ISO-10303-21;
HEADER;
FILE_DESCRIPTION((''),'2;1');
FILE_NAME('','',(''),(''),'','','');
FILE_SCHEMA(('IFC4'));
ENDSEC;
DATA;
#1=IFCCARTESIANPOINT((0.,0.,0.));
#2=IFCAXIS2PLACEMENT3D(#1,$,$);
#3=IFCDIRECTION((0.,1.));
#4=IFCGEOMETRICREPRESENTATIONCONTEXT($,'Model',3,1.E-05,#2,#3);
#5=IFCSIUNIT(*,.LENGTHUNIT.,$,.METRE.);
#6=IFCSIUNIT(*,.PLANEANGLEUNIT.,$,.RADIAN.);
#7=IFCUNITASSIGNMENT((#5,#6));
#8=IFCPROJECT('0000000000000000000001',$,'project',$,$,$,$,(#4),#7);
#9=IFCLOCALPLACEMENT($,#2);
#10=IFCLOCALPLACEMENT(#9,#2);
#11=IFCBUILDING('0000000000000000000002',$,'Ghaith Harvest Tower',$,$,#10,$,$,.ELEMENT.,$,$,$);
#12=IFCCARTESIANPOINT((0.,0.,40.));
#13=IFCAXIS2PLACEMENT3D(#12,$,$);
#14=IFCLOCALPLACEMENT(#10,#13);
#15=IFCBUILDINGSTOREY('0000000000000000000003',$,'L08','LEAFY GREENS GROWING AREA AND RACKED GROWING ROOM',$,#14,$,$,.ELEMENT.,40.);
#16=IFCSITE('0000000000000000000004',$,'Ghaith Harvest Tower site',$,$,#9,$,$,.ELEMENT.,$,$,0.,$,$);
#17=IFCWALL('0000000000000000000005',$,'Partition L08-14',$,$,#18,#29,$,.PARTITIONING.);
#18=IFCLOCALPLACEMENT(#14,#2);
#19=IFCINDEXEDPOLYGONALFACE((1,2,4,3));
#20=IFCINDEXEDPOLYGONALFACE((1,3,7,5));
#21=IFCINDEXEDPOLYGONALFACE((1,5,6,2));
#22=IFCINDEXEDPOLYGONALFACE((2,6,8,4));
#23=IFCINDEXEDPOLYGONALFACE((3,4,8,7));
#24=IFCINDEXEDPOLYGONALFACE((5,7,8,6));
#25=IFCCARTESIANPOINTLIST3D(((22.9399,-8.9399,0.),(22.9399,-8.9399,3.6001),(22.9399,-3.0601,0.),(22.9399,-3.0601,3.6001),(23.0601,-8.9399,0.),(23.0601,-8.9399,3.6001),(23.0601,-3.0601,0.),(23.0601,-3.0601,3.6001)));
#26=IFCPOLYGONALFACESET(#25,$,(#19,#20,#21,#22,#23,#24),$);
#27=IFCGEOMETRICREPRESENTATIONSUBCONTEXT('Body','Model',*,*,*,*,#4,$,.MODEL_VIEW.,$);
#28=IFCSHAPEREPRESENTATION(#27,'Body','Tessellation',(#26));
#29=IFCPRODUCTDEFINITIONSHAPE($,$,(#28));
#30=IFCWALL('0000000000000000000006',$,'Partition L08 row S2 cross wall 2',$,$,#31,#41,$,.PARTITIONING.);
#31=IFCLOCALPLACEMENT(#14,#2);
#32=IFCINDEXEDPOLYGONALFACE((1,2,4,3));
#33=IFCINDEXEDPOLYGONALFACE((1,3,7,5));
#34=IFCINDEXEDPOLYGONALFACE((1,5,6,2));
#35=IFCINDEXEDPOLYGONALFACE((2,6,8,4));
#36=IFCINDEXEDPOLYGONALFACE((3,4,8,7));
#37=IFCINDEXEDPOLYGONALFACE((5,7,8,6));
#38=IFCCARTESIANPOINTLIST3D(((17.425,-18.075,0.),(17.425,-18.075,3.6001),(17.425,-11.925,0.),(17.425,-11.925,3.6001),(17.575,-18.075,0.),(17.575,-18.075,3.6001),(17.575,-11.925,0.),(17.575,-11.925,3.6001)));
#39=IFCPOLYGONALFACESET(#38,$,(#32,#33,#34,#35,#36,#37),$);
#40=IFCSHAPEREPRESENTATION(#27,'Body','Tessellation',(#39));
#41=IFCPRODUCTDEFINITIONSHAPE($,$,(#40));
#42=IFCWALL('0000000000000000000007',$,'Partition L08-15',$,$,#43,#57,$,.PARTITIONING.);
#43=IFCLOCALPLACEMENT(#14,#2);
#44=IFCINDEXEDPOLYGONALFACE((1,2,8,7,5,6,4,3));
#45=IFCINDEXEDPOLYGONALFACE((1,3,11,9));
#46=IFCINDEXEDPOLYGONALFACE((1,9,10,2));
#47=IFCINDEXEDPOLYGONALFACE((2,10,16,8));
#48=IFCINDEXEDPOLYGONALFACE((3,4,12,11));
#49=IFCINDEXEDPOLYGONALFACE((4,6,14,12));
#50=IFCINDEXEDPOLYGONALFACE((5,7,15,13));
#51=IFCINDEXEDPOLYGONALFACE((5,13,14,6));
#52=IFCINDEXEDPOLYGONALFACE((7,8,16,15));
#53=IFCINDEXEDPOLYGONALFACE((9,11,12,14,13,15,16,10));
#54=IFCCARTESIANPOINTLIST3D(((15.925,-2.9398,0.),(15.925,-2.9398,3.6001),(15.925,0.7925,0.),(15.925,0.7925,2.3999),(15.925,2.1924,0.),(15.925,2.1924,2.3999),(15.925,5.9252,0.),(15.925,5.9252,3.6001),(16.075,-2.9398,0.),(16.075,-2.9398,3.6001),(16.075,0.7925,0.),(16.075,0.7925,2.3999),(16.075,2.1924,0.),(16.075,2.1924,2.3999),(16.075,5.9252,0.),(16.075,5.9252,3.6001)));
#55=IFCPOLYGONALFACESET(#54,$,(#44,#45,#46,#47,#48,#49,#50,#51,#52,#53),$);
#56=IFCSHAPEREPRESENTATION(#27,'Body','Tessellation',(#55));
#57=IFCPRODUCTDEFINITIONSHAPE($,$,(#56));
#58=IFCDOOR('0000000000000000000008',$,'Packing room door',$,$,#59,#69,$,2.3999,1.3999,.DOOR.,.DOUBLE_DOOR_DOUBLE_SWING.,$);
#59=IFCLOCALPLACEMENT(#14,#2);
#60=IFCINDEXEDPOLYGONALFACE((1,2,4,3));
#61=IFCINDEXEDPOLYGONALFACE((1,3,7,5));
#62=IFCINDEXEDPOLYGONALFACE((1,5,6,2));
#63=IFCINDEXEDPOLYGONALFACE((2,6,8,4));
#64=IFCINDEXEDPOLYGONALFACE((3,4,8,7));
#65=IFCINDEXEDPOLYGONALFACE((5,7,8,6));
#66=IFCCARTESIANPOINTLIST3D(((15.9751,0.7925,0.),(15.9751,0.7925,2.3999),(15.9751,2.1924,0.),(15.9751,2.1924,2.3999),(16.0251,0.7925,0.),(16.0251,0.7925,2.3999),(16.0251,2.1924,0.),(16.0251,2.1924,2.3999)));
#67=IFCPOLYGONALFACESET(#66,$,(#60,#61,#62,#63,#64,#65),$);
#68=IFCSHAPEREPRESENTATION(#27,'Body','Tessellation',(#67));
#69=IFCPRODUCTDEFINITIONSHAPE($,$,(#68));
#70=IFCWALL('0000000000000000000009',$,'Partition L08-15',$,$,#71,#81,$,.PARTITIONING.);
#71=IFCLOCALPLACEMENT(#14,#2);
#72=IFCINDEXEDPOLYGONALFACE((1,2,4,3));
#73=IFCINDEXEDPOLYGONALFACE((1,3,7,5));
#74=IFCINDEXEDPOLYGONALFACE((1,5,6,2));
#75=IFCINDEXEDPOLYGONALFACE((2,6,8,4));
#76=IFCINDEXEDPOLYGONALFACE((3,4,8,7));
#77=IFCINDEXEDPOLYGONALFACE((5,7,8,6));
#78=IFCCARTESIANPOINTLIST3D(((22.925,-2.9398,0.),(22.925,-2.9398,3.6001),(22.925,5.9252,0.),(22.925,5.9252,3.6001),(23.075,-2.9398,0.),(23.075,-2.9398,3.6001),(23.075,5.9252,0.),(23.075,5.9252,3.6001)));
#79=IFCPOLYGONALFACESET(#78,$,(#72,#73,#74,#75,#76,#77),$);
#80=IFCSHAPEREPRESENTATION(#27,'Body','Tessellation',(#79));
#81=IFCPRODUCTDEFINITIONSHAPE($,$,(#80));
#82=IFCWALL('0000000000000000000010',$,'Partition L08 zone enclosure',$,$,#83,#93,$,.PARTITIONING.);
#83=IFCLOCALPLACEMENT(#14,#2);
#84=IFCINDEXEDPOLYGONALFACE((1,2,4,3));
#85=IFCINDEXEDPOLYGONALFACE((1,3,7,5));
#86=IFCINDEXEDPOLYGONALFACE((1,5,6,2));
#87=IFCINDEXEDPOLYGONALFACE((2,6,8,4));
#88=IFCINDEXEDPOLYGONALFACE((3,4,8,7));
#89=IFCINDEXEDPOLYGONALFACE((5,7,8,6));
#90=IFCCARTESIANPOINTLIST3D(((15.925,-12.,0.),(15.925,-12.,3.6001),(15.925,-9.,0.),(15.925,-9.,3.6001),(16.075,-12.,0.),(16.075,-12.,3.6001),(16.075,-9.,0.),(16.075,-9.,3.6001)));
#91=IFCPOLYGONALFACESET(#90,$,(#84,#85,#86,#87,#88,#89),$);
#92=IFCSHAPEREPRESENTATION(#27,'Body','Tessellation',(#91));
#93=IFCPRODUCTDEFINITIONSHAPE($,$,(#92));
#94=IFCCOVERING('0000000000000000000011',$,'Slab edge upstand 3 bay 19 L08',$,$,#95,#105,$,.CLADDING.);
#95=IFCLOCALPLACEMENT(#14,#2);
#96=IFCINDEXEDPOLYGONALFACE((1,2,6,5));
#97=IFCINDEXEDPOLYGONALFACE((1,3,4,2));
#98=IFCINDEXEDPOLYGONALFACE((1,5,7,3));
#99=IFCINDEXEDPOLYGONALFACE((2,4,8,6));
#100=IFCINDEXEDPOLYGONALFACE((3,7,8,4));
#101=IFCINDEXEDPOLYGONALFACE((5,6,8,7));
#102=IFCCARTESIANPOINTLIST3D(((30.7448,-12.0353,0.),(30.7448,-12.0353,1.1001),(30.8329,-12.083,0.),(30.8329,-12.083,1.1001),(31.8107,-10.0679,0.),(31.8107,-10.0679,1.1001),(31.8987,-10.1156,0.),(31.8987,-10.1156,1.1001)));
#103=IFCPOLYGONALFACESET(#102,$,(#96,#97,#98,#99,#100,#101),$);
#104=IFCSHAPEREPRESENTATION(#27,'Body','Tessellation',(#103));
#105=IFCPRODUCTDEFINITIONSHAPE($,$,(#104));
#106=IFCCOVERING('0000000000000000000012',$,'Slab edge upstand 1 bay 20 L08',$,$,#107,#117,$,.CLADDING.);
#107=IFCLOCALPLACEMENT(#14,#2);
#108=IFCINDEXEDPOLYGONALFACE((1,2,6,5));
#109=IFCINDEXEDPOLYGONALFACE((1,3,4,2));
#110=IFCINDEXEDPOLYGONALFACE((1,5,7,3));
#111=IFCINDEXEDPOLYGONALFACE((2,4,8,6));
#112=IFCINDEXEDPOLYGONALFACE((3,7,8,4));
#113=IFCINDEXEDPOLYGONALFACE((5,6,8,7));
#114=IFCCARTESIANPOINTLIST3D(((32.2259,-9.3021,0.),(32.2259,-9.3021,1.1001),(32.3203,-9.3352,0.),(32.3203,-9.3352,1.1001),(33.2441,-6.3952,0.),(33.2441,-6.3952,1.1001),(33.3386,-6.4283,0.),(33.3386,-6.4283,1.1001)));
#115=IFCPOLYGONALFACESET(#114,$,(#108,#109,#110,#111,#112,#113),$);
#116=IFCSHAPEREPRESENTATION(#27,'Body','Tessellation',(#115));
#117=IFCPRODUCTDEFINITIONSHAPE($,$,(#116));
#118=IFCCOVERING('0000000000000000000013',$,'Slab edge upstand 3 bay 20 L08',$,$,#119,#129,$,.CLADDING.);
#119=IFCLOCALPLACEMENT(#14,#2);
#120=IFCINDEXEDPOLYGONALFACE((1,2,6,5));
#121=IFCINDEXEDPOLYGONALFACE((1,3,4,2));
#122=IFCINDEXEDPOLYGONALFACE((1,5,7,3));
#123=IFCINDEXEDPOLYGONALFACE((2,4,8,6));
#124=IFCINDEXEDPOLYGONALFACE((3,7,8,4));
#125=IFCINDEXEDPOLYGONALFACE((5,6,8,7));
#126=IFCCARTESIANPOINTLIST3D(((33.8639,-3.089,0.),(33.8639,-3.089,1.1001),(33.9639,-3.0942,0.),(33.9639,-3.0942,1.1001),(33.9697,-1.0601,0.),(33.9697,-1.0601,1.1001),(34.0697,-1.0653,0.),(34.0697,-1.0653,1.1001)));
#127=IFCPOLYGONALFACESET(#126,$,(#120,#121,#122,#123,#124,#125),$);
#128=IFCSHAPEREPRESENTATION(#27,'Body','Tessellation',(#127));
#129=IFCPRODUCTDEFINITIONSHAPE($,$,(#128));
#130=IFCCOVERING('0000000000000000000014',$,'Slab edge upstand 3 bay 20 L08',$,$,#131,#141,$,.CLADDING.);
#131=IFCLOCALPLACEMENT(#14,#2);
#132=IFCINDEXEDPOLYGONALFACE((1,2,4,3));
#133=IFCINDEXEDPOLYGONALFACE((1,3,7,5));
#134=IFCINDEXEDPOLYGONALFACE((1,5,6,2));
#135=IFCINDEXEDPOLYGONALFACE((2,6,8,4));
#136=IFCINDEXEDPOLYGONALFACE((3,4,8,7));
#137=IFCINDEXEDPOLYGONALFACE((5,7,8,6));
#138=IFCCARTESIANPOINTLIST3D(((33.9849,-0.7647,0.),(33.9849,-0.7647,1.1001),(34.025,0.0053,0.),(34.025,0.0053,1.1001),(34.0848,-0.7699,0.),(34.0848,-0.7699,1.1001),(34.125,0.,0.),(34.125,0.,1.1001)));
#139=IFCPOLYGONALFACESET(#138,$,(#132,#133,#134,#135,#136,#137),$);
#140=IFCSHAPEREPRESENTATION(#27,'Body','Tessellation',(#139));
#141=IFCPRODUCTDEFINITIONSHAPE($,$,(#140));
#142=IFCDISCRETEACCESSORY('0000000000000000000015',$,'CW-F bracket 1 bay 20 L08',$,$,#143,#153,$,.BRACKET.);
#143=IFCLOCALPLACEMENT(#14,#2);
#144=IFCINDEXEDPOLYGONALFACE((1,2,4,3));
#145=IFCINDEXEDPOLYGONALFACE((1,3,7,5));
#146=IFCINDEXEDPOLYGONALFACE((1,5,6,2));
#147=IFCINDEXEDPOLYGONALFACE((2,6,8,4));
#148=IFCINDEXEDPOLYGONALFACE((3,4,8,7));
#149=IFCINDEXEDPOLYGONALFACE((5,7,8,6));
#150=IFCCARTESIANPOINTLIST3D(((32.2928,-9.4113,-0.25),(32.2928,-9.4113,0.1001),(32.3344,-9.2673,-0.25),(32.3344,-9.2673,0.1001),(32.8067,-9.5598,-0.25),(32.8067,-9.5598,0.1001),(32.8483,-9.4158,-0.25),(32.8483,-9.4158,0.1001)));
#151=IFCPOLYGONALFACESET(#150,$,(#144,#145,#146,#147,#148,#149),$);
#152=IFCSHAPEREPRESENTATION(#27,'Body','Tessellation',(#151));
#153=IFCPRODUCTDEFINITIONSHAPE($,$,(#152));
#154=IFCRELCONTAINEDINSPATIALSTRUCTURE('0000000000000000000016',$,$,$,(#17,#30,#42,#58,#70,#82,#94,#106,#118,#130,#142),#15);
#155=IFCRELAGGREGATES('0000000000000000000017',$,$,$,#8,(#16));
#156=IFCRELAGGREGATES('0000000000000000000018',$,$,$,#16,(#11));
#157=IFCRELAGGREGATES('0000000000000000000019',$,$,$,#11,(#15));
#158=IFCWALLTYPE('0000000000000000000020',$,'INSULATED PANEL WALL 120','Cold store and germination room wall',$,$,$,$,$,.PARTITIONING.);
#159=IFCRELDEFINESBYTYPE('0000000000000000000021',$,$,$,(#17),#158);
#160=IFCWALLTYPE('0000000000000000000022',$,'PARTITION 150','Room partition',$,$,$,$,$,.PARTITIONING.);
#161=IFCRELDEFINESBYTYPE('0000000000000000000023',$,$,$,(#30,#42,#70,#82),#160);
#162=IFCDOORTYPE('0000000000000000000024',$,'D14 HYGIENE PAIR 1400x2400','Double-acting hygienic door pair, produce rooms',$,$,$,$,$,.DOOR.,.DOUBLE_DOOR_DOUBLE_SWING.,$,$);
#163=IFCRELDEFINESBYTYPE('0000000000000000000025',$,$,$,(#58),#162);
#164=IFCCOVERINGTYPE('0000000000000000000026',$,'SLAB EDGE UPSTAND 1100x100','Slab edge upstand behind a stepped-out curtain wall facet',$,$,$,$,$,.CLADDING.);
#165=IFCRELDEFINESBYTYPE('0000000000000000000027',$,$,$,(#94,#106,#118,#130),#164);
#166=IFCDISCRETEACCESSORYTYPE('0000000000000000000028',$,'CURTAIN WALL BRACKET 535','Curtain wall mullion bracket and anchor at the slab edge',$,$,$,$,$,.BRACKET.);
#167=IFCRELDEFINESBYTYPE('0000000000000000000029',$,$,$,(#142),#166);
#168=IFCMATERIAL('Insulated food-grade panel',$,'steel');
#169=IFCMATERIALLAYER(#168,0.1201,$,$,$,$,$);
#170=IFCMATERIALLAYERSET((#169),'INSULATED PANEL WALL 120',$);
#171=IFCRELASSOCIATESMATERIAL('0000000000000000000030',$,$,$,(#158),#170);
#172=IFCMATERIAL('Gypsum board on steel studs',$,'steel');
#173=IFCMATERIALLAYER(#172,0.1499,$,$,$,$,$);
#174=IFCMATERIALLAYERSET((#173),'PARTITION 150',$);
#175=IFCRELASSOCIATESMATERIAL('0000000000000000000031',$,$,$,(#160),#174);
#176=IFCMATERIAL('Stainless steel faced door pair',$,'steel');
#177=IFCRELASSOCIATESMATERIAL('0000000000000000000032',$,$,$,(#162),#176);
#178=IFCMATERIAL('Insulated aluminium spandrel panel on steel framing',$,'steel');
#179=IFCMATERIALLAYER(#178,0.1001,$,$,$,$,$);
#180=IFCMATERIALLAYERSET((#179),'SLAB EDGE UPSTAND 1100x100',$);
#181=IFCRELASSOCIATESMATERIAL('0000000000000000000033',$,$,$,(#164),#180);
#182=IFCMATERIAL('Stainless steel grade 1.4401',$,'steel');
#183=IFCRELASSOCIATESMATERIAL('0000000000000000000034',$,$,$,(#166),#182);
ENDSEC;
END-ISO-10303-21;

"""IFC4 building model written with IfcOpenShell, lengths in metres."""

from ifc_helpers import new_model, si_unit, direction, frame, frame_2d, origin, origin_2d, place, context, subcontext, project, spatial, rectangle, extrude, material, layer, layer_set, type_object, element, fill, save


model = new_model("IFC4")

# Units and contexts
model_context = context("Model", 3, precision=1e-05, world=origin(), true_north=direction((0.0, 1.0)))
body_context = subcontext(model_context, "Body", "Model", "MODEL_VIEW")
ifc_project = project(units=[si_unit("LENGTHUNIT", "METRE"), si_unit("PLANEANGLEUNIT", "RADIAN")], contexts=[model_context])

# Site, building, storey
site_placement = place(None, origin())
site = spatial("IfcSite", under=ifc_project, at=site_placement, Name="Ghaith Harvest Tower site", CompositionType="ELEMENT", RefElevation=0.0)
building_placement = place(site_placement, origin())
building = spatial("IfcBuilding", under=site, at=building_placement, Name="Ghaith Harvest Tower", CompositionType="ELEMENT")
storey_placement = place(building_placement, frame((0.0, 0.0, 40.0)))
storey = spatial("IfcBuildingStorey", under=building, at=storey_placement, Name="L08", Description="LEAFY GREENS GROWING AREA AND RACKED GROWING ROOM", CompositionType="ELEMENT", Elevation=40.0)

# Shared definitions
ifc_material_1 = material(Name="Insulated food-grade panel", Category="steel")
ifc_layer_1 = layer(ifc_material_1, 0.1201)
ifc_layer_set_1 = layer_set([ifc_layer_1], Name="INSULATED PANEL WALL 120")
wall_type_1 = type_object("IfcWallType", Name="INSULATED PANEL WALL 120", Description="Cold store and germination room wall", PredefinedType="PARTITIONING", material=ifc_layer_set_1)

# Walls
wall_1_placement = place(storey_placement, frame((23.0, -8.9399, 0.0), z_axis=(0.0, 0.0, 1.0), x_axis=(0.0, 1.0, 0.0)))
element("IfcWall", 1, at=wall_1_placement, inside=storey, type_object=wall_type_1, Name="Partition L08-14", PredefinedType="PARTITIONING", context=body_context, shape_type="SweptSolid", body=[
    extrude(rectangle(XDim=5.8799, YDim=0.1201, at=frame_2d((2.9399, 0.0))), origin(), (0.0, 0.0, 1.0), 3.6001),
])
ifc_material_2 = material(Name="Gypsum board on steel studs", Category="steel")
ifc_layer_2 = layer(ifc_material_2, 0.1499)
ifc_layer_set_2 = layer_set([ifc_layer_2], Name="PARTITION 150")
wall_type_2 = type_object("IfcWallType", Name="PARTITION 150", Description="Room partition", PredefinedType="PARTITIONING", material=ifc_layer_set_2)
wall_2_placement = place(storey_placement, frame((17.5, -11.925, 0.0), z_axis=(0.0, 0.0, 1.0), x_axis=(0.0, -1.0, 0.0)))
element("IfcWall", 2, at=wall_2_placement, inside=storey, type_object=wall_type_2, Name="Partition L08 row S2 cross wall 2", PredefinedType="PARTITIONING", context=body_context, shape_type="SweptSolid", body=[
    extrude(rectangle(XDim=6.1499, YDim=0.1499, at=frame_2d((3.075, 0.0))), origin(), (0.0, 0.0, 1.0), 3.6001),
])

# Wall, opening, door
wall_3_placement = place(storey_placement, frame((16.0, -2.9399, 0.0), z_axis=(0.0, 0.0, 1.0), x_axis=(0.0, 1.0, 0.0)))
wall_3 = element("IfcWall", 3, at=wall_3_placement, inside=storey, type_object=wall_type_2, Name="Partition L08-15", PredefinedType="PARTITIONING", context=body_context, shape_type="SweptSolid", body=[
    extrude(rectangle(XDim=8.865, YDim=0.1499, at=frame_2d((4.4326, 0.0))), origin(), (0.0, 0.0, 1.0), 3.6001),
])
opening_1_placement = place(wall_3_placement, frame((3.7324, 0.0, 0.0)))
opening_1 = element("IfcOpeningElement", 4, at=opening_1_placement, cuts=wall_3, PredefinedType="OPENING", context=body_context, shape_type="SweptSolid", body=[
    extrude(rectangle(XDim=1.3999, YDim=2.3999, at=frame_2d((0.7, 1.2))), frame((0.0, 0.085, 0.0), z_axis=(0.0, -1.0, 0.0), x_axis=(1.0, 0.0, 0.0)), (0.0, 0.0, 1.0), 0.1699),
])
ifc_material_3 = material(Name="Stainless steel faced door pair", Category="steel")
door_type_1 = type_object("IfcDoorType", Name="D14 HYGIENE PAIR 1400x2400", Description="Double-acting hygienic door pair, produce rooms", OperationType="DOUBLE_DOOR_DOUBLE_SWING", PredefinedType="DOOR", material=ifc_material_3)
door_1_placement = place(opening_1_placement, origin())
door_1 = element("IfcDoor", 5, at=door_1_placement, inside=storey, type_object=door_type_1, Name="Packing room door", OperationType="DOUBLE_DOOR_DOUBLE_SWING", OverallHeight=2.3999, OverallWidth=1.3999, PredefinedType="DOOR", context=body_context, shape_type="SweptSolid", body=[
    extrude(rectangle(XDim=1.3999, YDim=2.3999, at=frame_2d((0.7, 1.2))), frame((0.0, 0.0249, 0.0), z_axis=(0.0, -1.0, 0.0), x_axis=(1.0, 0.0, 0.0)), (0.0, 0.0, 1.0), 0.05),
])
fill(opening_1, door_1)

# Walls
wall_4_placement = place(storey_placement, frame((23.0, -2.9399, 0.0), z_axis=(0.0, 0.0, 1.0), x_axis=(0.0, 1.0, 0.0)))
element("IfcWall", 6, at=wall_4_placement, inside=storey, type_object=wall_type_2, Name="Partition L08-15", PredefinedType="PARTITIONING", context=body_context, shape_type="SweptSolid", body=[
    extrude(rectangle(XDim=8.865, YDim=0.1499, at=frame_2d((4.4326, 0.0))), origin(), (0.0, 0.0, 1.0), 3.6001),
])
wall_5_placement = place(storey_placement, frame((16.0, -12.0, 0.0), z_axis=(0.0, 0.0, 1.0), x_axis=(0.0, 1.0, 0.0)))
element("IfcWall", 7, at=wall_5_placement, inside=storey, type_object=wall_type_2, Name="Partition L08 zone enclosure", PredefinedType="PARTITIONING", context=body_context, shape_type="SweptSolid", body=[
    extrude(rectangle(XDim=3.0, YDim=0.1499, at=frame_2d((1.5, 0.0))), origin(), (0.0, 0.0, 1.0), 3.6001),
])

# Coverings
ifc_material_4 = material(Name="Insulated aluminium spandrel panel on steel framing", Category="steel")
ifc_layer_3 = layer(ifc_material_4, 0.1001)
ifc_layer_set_3 = layer_set([ifc_layer_3], Name="SLAB EDGE UPSTAND 1100x100")
covering_type = type_object("IfcCoveringType", Name="SLAB EDGE UPSTAND 1100x100", Description="Slab edge upstand behind a stepped-out curtain wall facet", PredefinedType="CLADDING", material=ifc_layer_set_3)
covering_1_placement = place(storey_placement, frame((31.3218, -11.0754, 0.0), z_axis=(0.0, 0.0, 1.0), x_axis=(0.476349, 0.879256, 0.0)))
element("IfcCovering", 8, at=covering_1_placement, inside=storey, type_object=covering_type, Name="Slab edge upstand 3 bay 19 L08", PredefinedType="CLADDING", context=body_context, shape_type="SweptSolid", body=[
    extrude(rectangle(XDim=2.2375, YDim=0.1001, at=origin_2d()), origin(), (0.0, 0.0, 1.0), 1.1001),
])
covering_2_placement = place(storey_placement, frame((32.7822, -7.8652, 0.0), z_axis=(0.0, 0.0, 1.0), x_axis=(0.330598, 0.943772, 0.0)))
element("IfcCovering", 9, at=covering_2_placement, inside=storey, type_object=covering_type, Name="Slab edge upstand 1 bay 20 L08", PredefinedType="CLADDING", context=body_context, shape_type="SweptSolid", body=[
    extrude(rectangle(XDim=3.0801, YDim=0.1001, at=origin_2d()), origin(), (0.0, 0.0, 1.0), 1.1001),
])
covering_3_placement = place(storey_placement, frame((33.9668, -2.0771, 0.0), z_axis=(0.0, 0.0, 1.0), x_axis=(0.052049, 0.998645, 0.0)))
element("IfcCovering", 10, at=covering_3_placement, inside=storey, type_object=covering_type, Name="Slab edge upstand 3 bay 20 L08", PredefinedType="CLADDING", context=body_context, shape_type="SweptSolid", body=[
    extrude(rectangle(XDim=2.0317, YDim=0.1001, at=origin_2d()), origin(), (0.0, 0.0, 1.0), 1.1001),
])
covering_4_placement = place(storey_placement, frame((34.0549, -0.3823, 0.0), z_axis=(0.0, 0.0, 1.0), x_axis=(0.052049, 0.998645, 0.0)))
element("IfcCovering", 11, at=covering_4_placement, inside=storey, type_object=covering_type, Name="Slab edge upstand 3 bay 20 L08", PredefinedType="CLADDING", context=body_context, shape_type="SweptSolid", body=[
    extrude(rectangle(XDim=0.771, YDim=0.1001, at=origin_2d()), origin(), (0.0, 0.0, 1.0), 1.1001),
])

# Discrete accessory
ifc_material_5 = material(Name="Stainless steel grade 1.4401", Category="steel")
discrete_accessory_type = type_object("IfcDiscreteAccessoryType", Name="CURTAIN WALL BRACKET 535", Description="Curtain wall mullion bracket and anchor at the slab edge", PredefinedType="BRACKET", material=ifc_material_5)
discrete_accessory_placement = place(storey_placement, frame((32.5706, -9.4136, -0.25), z_axis=(0.0, 0.0, 1.0), x_axis=(0.96068, -0.277657, 0.0)))
element("IfcDiscreteAccessory", 12, at=discrete_accessory_placement, inside=storey, type_object=discrete_accessory_type, Name="CW-F bracket 1 bay 20 L08", PredefinedType="BRACKET", context=body_context, shape_type="SweptSolid", body=[
    extrude(rectangle(XDim=0.5349, YDim=0.1499, at=origin_2d()), origin(), (0.0, 0.0, 1.0), 0.3501),
])

save(model, "model.ifc")
